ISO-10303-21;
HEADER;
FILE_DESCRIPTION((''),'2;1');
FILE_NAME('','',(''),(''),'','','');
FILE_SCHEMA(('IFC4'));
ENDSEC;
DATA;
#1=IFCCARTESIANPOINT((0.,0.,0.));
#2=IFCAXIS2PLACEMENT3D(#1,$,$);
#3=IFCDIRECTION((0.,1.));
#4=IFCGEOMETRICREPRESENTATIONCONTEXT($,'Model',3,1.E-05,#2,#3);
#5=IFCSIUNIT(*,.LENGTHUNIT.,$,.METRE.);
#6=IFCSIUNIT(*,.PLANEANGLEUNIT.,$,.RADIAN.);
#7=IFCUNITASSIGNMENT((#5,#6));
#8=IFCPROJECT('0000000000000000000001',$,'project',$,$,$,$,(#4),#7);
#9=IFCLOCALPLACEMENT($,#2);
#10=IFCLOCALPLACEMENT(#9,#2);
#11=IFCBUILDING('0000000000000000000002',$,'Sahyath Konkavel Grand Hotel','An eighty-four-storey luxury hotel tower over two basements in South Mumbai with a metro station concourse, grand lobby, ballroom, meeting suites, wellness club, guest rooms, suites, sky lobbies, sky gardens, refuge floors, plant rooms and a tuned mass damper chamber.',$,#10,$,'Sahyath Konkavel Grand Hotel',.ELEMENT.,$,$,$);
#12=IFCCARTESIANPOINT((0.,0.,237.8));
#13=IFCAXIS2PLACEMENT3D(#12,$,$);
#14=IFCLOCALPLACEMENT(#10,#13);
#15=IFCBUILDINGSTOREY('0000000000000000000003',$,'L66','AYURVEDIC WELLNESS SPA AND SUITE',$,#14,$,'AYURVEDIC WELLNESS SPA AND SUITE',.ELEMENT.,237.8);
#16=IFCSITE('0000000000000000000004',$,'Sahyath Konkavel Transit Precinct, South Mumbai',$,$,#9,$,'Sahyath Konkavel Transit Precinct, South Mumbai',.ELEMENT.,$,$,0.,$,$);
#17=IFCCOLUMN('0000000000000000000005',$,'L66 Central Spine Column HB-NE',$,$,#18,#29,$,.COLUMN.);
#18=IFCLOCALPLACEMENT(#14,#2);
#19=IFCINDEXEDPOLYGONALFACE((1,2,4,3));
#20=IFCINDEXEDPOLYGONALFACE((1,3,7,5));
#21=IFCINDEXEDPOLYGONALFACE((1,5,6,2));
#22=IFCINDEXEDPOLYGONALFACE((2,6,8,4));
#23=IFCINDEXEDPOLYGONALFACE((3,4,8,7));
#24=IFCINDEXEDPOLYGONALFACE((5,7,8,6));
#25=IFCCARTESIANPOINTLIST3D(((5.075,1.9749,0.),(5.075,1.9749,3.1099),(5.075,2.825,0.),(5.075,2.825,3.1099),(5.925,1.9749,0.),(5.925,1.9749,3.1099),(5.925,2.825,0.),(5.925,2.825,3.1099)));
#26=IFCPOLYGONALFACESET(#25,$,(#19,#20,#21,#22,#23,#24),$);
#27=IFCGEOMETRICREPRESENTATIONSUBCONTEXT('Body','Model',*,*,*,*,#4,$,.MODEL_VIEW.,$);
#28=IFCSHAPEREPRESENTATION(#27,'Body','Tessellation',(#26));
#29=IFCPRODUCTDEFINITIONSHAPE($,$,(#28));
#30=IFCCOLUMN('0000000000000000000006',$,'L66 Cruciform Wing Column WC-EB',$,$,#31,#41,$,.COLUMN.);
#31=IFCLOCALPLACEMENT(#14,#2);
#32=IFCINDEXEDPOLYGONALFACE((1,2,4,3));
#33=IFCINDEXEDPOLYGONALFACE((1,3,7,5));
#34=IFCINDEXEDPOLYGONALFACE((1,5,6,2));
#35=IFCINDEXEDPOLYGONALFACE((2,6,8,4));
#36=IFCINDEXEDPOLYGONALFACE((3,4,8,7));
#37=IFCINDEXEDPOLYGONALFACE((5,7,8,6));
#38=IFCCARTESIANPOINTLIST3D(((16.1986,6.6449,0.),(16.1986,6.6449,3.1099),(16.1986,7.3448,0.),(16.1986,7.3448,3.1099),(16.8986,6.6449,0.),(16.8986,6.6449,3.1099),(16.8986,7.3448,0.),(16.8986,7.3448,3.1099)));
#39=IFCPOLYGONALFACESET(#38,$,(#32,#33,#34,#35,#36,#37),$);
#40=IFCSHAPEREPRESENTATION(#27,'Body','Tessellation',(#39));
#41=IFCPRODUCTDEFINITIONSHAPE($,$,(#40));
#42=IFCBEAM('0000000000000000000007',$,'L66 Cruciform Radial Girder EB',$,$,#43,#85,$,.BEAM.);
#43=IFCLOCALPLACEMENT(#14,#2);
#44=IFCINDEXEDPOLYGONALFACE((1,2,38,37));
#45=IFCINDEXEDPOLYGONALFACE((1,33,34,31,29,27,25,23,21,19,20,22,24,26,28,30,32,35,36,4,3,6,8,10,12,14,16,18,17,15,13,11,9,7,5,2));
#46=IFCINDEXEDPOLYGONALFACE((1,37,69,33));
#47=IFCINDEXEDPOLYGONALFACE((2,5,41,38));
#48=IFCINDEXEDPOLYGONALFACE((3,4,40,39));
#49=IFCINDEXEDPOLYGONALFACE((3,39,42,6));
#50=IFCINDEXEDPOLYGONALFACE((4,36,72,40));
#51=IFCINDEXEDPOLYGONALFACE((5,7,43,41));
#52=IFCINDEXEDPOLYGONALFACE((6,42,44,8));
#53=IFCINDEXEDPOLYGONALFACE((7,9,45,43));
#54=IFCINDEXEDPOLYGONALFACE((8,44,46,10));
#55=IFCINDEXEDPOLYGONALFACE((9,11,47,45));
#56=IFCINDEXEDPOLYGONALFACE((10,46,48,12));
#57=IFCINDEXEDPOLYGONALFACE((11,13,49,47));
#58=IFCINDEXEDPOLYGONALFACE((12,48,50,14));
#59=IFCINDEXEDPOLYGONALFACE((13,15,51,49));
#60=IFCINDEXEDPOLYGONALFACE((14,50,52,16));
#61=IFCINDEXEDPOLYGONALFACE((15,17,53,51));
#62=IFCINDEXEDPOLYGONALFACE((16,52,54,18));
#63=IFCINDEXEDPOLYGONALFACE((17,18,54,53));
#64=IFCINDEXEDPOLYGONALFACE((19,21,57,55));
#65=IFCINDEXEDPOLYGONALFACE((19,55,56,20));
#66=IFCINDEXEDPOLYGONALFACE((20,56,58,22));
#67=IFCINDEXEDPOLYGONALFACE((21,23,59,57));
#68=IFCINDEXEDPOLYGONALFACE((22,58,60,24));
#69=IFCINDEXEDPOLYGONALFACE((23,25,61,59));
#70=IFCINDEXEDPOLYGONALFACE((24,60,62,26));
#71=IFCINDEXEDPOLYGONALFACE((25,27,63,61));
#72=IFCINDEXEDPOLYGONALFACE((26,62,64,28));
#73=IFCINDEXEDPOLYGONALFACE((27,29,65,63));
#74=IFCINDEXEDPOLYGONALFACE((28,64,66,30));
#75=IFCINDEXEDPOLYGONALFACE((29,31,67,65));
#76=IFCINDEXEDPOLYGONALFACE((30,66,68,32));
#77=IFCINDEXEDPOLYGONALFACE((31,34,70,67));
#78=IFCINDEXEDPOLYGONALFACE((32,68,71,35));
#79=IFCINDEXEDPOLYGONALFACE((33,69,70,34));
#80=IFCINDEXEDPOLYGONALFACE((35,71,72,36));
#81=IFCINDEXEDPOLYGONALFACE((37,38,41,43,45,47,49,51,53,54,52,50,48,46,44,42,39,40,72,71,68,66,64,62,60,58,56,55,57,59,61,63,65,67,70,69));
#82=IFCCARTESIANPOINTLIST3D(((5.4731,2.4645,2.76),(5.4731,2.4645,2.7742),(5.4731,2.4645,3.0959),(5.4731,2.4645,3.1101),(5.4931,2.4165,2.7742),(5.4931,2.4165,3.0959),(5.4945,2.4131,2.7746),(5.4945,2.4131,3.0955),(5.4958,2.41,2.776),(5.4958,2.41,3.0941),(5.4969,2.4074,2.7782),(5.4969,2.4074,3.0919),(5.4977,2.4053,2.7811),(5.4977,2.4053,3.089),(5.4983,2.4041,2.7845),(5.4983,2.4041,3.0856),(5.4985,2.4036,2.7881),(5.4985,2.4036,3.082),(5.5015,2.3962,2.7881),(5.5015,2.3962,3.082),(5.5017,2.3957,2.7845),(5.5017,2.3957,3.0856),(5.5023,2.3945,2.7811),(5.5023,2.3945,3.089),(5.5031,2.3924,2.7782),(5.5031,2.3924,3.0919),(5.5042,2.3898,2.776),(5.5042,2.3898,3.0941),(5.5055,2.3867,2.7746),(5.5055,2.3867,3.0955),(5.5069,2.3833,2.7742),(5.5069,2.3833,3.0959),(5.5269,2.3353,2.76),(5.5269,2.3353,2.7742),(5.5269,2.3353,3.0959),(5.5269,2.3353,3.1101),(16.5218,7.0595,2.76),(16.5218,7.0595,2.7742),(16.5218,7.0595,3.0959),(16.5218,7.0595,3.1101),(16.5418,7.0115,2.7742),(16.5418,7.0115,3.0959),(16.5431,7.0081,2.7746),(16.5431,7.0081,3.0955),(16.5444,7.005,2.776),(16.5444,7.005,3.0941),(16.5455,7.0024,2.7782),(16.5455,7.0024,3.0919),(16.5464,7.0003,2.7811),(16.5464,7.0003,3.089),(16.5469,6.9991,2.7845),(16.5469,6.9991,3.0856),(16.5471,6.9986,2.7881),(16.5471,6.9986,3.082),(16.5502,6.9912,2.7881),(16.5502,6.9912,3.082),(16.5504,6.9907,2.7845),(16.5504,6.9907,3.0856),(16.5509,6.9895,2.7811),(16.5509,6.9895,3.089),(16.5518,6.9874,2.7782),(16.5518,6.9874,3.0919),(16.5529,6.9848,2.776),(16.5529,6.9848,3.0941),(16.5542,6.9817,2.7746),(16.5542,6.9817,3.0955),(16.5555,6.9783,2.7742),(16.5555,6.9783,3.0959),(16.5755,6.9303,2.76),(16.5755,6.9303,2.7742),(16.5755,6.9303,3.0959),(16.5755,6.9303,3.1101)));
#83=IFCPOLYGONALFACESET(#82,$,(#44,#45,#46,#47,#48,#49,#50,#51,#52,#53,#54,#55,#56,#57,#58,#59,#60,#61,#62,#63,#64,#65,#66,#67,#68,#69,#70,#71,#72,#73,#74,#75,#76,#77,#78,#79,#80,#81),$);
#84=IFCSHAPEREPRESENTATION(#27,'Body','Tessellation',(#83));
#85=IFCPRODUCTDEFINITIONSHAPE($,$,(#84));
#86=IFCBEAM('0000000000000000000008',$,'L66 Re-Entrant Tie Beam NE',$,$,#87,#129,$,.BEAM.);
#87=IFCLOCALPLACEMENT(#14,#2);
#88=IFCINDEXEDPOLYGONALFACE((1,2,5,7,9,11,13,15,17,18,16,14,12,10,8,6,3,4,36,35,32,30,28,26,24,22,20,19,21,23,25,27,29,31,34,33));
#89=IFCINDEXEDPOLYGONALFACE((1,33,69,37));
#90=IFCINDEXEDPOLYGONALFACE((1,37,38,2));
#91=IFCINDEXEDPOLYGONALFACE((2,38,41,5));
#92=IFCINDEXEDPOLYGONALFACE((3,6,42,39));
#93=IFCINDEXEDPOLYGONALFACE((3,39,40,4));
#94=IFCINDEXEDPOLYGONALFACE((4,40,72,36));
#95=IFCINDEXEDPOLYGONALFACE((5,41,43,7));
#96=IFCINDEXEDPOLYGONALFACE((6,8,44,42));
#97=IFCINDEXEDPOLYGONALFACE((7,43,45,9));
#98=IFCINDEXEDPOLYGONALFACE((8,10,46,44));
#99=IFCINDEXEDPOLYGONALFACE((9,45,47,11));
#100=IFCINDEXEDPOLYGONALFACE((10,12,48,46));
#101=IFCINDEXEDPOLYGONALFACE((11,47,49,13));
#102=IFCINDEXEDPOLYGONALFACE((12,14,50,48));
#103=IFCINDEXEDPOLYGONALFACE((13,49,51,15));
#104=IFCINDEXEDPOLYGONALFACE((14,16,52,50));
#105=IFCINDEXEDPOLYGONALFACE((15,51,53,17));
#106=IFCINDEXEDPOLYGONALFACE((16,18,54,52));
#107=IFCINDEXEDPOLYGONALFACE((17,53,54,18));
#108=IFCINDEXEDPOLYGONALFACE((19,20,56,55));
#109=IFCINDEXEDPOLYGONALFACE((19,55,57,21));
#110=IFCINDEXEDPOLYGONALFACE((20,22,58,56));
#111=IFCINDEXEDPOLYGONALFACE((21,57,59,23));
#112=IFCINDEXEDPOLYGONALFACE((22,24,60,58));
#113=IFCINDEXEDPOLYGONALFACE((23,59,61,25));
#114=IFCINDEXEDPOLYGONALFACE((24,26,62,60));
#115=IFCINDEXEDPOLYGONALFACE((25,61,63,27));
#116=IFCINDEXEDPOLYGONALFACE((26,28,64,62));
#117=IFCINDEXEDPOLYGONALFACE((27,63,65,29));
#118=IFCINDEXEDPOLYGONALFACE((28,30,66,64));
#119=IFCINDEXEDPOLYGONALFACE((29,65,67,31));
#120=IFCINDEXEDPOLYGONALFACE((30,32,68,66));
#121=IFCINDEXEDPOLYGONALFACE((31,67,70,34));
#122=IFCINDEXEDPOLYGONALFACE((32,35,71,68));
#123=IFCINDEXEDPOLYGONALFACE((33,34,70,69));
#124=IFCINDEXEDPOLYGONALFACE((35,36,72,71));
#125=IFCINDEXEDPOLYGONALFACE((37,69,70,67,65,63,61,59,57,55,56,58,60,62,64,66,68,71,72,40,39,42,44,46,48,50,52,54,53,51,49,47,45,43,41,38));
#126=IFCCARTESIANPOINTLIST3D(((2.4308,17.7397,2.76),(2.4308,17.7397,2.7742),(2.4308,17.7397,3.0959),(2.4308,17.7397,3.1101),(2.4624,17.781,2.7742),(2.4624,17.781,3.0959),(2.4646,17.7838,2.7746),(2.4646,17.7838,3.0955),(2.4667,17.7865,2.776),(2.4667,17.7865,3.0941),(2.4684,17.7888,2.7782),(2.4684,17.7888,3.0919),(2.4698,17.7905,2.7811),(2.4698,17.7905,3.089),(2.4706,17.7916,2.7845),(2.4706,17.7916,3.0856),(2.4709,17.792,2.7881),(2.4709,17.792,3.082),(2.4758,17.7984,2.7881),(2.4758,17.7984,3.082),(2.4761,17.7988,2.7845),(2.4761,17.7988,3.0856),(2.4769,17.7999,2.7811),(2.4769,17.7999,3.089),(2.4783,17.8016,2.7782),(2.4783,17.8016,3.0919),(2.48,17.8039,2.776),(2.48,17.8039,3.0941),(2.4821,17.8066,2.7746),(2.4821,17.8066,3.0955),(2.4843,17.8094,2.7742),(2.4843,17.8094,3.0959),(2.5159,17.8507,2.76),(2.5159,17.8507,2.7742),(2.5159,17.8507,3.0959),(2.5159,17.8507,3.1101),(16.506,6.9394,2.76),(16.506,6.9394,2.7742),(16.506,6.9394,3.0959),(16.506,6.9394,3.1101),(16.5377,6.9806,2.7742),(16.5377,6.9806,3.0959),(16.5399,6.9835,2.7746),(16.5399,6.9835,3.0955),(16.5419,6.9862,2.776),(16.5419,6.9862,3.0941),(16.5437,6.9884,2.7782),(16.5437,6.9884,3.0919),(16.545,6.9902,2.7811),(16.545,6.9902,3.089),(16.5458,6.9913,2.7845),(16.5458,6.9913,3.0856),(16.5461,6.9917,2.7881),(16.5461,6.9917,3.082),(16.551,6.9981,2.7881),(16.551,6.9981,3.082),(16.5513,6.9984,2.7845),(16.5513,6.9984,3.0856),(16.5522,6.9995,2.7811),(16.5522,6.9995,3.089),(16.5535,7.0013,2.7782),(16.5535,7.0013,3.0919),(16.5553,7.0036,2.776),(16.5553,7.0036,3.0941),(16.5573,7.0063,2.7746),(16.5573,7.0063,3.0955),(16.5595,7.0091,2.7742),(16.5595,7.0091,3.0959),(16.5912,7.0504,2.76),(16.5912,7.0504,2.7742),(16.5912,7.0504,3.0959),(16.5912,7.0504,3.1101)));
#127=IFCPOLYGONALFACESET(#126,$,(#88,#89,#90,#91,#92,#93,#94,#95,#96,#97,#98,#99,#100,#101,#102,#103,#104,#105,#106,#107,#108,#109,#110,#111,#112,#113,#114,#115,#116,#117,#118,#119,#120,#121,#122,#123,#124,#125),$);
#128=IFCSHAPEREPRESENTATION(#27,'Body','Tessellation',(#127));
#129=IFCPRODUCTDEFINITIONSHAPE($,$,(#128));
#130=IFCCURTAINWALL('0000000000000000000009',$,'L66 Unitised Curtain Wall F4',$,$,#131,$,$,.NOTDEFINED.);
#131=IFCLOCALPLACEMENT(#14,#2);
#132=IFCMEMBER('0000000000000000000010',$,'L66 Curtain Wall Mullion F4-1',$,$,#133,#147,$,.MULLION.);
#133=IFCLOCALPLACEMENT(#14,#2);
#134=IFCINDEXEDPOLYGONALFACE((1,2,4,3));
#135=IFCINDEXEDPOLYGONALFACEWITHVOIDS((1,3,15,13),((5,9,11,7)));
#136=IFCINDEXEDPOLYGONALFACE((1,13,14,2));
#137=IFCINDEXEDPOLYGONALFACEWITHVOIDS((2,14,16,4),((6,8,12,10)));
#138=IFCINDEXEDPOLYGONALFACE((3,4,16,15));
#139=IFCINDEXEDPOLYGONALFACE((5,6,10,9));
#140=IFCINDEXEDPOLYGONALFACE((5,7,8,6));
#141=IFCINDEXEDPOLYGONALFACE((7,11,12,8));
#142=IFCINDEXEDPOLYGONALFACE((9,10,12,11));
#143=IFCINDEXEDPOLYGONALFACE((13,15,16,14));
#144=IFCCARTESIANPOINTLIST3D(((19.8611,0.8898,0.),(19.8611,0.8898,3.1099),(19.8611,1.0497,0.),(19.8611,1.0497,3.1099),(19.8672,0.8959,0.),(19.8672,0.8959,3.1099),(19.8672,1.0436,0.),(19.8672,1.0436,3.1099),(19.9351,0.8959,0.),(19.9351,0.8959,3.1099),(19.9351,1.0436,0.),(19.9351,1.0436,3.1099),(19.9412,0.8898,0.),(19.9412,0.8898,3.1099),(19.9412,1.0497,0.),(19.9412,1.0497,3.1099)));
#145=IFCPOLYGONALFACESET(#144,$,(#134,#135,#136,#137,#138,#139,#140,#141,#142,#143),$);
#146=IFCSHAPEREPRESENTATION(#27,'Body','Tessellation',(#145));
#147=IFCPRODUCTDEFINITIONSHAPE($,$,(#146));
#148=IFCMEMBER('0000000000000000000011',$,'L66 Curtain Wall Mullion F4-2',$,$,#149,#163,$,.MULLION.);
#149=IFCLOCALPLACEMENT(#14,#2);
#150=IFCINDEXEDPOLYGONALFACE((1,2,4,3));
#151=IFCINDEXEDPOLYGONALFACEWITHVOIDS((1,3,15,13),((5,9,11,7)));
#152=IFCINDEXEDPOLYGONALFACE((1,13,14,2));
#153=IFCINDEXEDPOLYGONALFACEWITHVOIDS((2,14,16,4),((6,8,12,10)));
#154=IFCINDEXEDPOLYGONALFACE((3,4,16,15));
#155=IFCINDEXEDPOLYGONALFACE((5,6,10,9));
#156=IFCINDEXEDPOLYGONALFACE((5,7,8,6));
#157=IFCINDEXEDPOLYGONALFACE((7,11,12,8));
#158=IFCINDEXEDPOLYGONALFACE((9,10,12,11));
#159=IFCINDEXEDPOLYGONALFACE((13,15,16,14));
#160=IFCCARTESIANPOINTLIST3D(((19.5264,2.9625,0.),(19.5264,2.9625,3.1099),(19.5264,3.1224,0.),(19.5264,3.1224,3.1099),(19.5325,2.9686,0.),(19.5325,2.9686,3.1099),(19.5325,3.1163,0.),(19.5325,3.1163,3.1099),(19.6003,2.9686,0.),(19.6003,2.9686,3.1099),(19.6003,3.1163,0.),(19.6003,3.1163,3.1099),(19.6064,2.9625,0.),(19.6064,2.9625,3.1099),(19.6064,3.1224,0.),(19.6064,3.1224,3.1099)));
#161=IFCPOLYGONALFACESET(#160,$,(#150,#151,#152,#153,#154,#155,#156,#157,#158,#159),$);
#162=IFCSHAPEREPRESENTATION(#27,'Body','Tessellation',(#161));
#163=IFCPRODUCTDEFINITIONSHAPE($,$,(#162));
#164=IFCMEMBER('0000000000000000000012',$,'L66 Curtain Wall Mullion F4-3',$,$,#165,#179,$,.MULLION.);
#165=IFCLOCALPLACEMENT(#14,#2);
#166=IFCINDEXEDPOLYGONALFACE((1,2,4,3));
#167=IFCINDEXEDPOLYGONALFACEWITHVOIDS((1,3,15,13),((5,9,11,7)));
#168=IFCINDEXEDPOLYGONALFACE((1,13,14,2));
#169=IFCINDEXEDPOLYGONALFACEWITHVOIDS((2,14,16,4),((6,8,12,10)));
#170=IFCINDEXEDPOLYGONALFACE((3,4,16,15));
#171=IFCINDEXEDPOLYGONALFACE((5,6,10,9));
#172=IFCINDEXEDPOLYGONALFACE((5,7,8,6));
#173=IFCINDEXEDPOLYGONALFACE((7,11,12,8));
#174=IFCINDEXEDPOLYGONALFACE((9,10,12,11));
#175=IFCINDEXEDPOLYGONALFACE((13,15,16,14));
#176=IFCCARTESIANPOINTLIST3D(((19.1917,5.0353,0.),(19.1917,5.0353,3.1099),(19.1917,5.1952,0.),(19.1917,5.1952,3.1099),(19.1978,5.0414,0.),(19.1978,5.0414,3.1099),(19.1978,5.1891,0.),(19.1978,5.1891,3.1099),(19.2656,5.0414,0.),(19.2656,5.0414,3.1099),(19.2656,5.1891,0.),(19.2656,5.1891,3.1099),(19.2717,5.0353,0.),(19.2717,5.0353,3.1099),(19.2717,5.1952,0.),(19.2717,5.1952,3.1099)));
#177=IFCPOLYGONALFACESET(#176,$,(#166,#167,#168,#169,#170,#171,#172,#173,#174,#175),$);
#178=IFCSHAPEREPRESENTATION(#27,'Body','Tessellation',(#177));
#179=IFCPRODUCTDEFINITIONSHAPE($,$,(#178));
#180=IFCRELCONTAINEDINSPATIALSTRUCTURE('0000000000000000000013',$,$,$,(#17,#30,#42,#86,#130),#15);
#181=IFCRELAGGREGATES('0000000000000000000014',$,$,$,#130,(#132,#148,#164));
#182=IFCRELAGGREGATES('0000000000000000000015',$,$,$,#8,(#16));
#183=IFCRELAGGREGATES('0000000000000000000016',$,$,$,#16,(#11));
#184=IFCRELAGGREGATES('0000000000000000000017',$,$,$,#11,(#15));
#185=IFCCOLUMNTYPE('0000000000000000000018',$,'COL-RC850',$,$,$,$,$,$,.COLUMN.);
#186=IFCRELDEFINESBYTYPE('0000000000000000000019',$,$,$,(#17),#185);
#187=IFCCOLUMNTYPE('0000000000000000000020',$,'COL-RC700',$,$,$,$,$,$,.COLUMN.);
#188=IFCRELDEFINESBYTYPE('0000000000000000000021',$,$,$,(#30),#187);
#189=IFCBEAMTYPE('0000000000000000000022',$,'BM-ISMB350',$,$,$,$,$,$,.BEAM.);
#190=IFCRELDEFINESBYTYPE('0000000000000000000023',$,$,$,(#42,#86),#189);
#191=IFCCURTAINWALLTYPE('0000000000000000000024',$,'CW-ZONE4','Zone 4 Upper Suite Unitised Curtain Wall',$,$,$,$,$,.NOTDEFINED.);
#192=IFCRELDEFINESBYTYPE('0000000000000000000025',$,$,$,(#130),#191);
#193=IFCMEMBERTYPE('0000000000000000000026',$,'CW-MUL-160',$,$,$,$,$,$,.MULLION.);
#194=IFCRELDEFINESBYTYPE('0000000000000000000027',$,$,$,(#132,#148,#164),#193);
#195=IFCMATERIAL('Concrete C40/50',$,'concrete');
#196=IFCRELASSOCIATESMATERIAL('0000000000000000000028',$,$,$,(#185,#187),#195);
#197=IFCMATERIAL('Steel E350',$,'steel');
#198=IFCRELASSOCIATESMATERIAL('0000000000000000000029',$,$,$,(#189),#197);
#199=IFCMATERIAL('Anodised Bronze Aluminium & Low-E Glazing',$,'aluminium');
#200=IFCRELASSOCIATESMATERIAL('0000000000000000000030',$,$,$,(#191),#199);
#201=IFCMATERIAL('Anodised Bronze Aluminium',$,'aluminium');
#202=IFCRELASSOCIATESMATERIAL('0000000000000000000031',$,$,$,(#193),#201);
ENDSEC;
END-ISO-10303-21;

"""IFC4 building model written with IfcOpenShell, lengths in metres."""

from ifc_helpers import new_model, si_unit, direction, frame, origin, origin_2d, place, context, subcontext, project, spatial, rectangle, hollow_rectangle, i_section, extrude, source, transform, mapped, material, material_profile, profile_set, type_object, element, aggregate, save


model = new_model("IFC4")

# Units and contexts
model_context = context("Model", 3, precision=1e-05, world=origin(), true_north=direction((0.0, 1.0)))
body_context = subcontext(model_context, "Body", "Model", "MODEL_VIEW")
ifc_project = project(units=[si_unit("LENGTHUNIT", "METRE"), si_unit("PLANEANGLEUNIT", "RADIAN")], contexts=[model_context])

# Site, building, storey
site_placement = place(None, origin())
site = spatial("IfcSite", under=ifc_project, at=site_placement, Name="Sahyath Konkavel Transit Precinct, South Mumbai", LongName="Sahyath Konkavel Transit Precinct, South Mumbai", CompositionType="ELEMENT", RefElevation=0.0)
building_placement = place(site_placement, origin())
building = spatial("IfcBuilding", under=site, at=building_placement, Name="Sahyath Konkavel Grand Hotel", Description="An eighty-four-storey luxury hotel tower over two basements in South Mumbai with a metro station concourse, grand lobby, ballroom, meeting suites, wellness club, guest rooms, suites, sky lobbies, sky gardens, refuge floors, plant rooms and a tuned mass damper chamber.", LongName="Sahyath Konkavel Grand Hotel", CompositionType="ELEMENT")
storey_placement = place(building_placement, frame((0.0, 0.0, 237.8)))
storey = spatial("IfcBuildingStorey", under=building, at=storey_placement, Name="L66", Description="AYURVEDIC WELLNESS SPA AND SUITE", LongName="AYURVEDIC WELLNESS SPA AND SUITE", CompositionType="ELEMENT", Elevation=237.8)

# Columns
ifc_material_1 = material(Name="Concrete C40/50", Category="concrete")
ifc_material_profile_1 = material_profile(ifc_material_1, rectangle(XDim=0.8501, YDim=0.8501, at=origin_2d()), Name="RC 850x850")
ifc_profile_set_1 = profile_set([ifc_material_profile_1], Name="Concrete C40/50")
column_type_1 = type_object("IfcColumnType", Name="COL-RC850", PredefinedType="COLUMN", material=ifc_profile_set_1)
shared_shape_1 = source(origin(), body_context, "Body", "SweptSolid", [
    extrude(rectangle(XDim=0.8501, YDim=0.8501, at=origin_2d()), origin(), (0.0, 0.0, 1.0), 3.1099),
])
column_1_placement = place(storey_placement, frame((5.5, 2.3999, 0.0), z_axis=(0.0, 0.0, 1.0), x_axis=(1.0, 0.0, 0.0)))
element("IfcColumn", 1, at=column_1_placement, inside=storey, type_object=column_type_1, Name="L66 Central Spine Column HB-NE", PredefinedType="COLUMN", context=body_context, shape_type="MappedRepresentation", body=[
    mapped(shared_shape_1, transform((0.0, 0.0, 0.0), scale=1.0)),
])
ifc_material_profile_2 = material_profile(ifc_material_1, rectangle(XDim=0.7, YDim=0.7, at=origin_2d()), Name="RC 700x700")
ifc_profile_set_2 = profile_set([ifc_material_profile_2], Name="Concrete C40/50")
column_type_2 = type_object("IfcColumnType", Name="COL-RC700", PredefinedType="COLUMN", material=ifc_profile_set_2)
shared_shape_2 = source(origin(), body_context, "Body", "SweptSolid", [
    extrude(rectangle(XDim=0.7, YDim=0.7, at=origin_2d()), origin(), (0.0, 0.0, 1.0), 3.1099),
])
column_2_placement = place(storey_placement, frame((16.5486, 6.9949, 0.0), z_axis=(0.0, 0.0, 1.0), x_axis=(1.0, 0.0, 0.0)))
element("IfcColumn", 2, at=column_2_placement, inside=storey, type_object=column_type_2, Name="L66 Cruciform Wing Column WC-EB", PredefinedType="COLUMN", context=body_context, shape_type="MappedRepresentation", body=[
    mapped(shared_shape_2, transform((0.0, 0.0, 0.0), scale=1.0)),
])

# Beams
ifc_material_2 = material(Name="Steel E350", Category="steel")
ifc_material_profile_3 = material_profile(ifc_material_2, i_section(OverallWidth=0.1399, OverallDepth=0.3501, WebThickness=0.0081, FlangeThickness=0.0142, FilletRadius=0.0139, at=origin_2d()), Name="ISMB 350")
ifc_profile_set_3 = profile_set([ifc_material_profile_3], Name="Steel E350")
beam_type_1 = type_object("IfcBeamType", Name="BM-ISMB350", PredefinedType="BEAM", material=ifc_profile_set_3)
shared_shape_3 = source(origin(), body_context, "Body", "SweptSolid", [
    extrude(i_section(OverallWidth=0.1399, OverallDepth=0.3501, WebThickness=0.0081, FlangeThickness=0.0142, FilletRadius=0.0139, at=origin_2d()), origin(), (0.0, 0.0, 1.0), 11.9661),
])
beam_1_placement = place(storey_placement, frame((5.5, 2.3999, 2.9351), z_axis=(0.923332, 0.384002, 0.0), x_axis=(-0.384002, 0.923332, 0.0)))
element("IfcBeam", 3, at=beam_1_placement, inside=storey, type_object=beam_type_1, Name="L66 Cruciform Radial Girder EB", PredefinedType="BEAM", context=body_context, shape_type="MappedRepresentation", body=[
    mapped(shared_shape_3, transform((0.0, 0.0, 0.0), scale=1.0)),
])
shared_shape_4 = source(origin(), body_context, "Body", "SweptSolid", [
    extrude(i_section(OverallWidth=0.1399, OverallDepth=0.3501, WebThickness=0.0081, FlangeThickness=0.0142, FilletRadius=0.0139, at=origin_2d()), origin(), (0.0, 0.0, 1.0), 17.7415),
])
beam_2_placement = place(storey_placement, frame((16.5486, 6.9949, 2.9351), z_axis=(-0.793353, 0.608762, 0.0), x_axis=(-0.608762, -0.793353, 0.0)))
element("IfcBeam", 4, at=beam_2_placement, inside=storey, type_object=beam_type_1, Name="L66 Re-Entrant Tie Beam NE", PredefinedType="BEAM", context=body_context, shape_type="MappedRepresentation", body=[
    mapped(shared_shape_4, transform((0.0, 0.0, 0.0), scale=1.0)),
])

# Curtain wall, members
ifc_material_3 = material(Name="Anodised Bronze Aluminium & Low-E Glazing", Category="aluminium")
curtain_wall_type = type_object("IfcCurtainWallType", Name="CW-ZONE4", Description="Zone 4 Upper Suite Unitised Curtain Wall", PredefinedType="NOTDEFINED", material=ifc_material_3)
curtain_wall_1_placement = place(storey_placement, origin())
curtain_wall_1 = element("IfcCurtainWall", 5, at=curtain_wall_1_placement, inside=storey, type_object=curtain_wall_type, Name="L66 Unitised Curtain Wall F4", PredefinedType="NOTDEFINED")
ifc_material_4 = material(Name="Anodised Bronze Aluminium", Category="aluminium")
ifc_material_profile_4 = material_profile(ifc_material_4, hollow_rectangle(XDim=0.0801, YDim=0.1599, WallThickness=0.0061, at=origin_2d()), Name="RHS 160x80x6")
ifc_profile_set_4 = profile_set([ifc_material_profile_4], Name="Anodised Bronze Aluminium")
member_type_1 = type_object("IfcMemberType", Name="CW-MUL-160", PredefinedType="MULLION", material=ifc_profile_set_4)
shared_shape_5 = source(origin(), body_context, "Body", "SweptSolid", [
    extrude(hollow_rectangle(XDim=0.0801, YDim=0.1599, WallThickness=0.0061, at=origin_2d()), origin(), (0.0, 0.0, 1.0), 3.1099),
])
member_1_placement = place(storey_placement, frame((19.9011, 0.9697, 0.0), z_axis=(0.0, 0.0, 1.0), x_axis=(1.0, 0.0, 0.0)))
member_1 = element("IfcMember", 6, at=member_1_placement, type_object=member_type_1, Name="L66 Curtain Wall Mullion F4-1", PredefinedType="MULLION", context=body_context, shape_type="MappedRepresentation", body=[
    mapped(shared_shape_5, transform((0.0, 0.0, 0.0), scale=1.0)),
])
member_2_placement = place(storey_placement, frame((19.5664, 3.0425, 0.0), z_axis=(0.0, 0.0, 1.0), x_axis=(1.0, 0.0, 0.0)))
member_2 = element("IfcMember", 7, at=member_2_placement, type_object=member_type_1, Name="L66 Curtain Wall Mullion F4-2", PredefinedType="MULLION", context=body_context, shape_type="MappedRepresentation", body=[
    mapped(shared_shape_5, transform((0.0, 0.0, 0.0), scale=1.0)),
])
member_3_placement = place(storey_placement, frame((19.2317, 5.1152, 0.0), z_axis=(0.0, 0.0, 1.0), x_axis=(1.0, 0.0, 0.0)))
member_3 = element("IfcMember", 8, at=member_3_placement, type_object=member_type_1, Name="L66 Curtain Wall Mullion F4-3", PredefinedType="MULLION", context=body_context, shape_type="MappedRepresentation", body=[
    mapped(shared_shape_5, transform((0.0, 0.0, 0.0), scale=1.0)),
])

aggregate(curtain_wall_1, [member_1, member_2, member_3])

save(model, "model.ifc")
